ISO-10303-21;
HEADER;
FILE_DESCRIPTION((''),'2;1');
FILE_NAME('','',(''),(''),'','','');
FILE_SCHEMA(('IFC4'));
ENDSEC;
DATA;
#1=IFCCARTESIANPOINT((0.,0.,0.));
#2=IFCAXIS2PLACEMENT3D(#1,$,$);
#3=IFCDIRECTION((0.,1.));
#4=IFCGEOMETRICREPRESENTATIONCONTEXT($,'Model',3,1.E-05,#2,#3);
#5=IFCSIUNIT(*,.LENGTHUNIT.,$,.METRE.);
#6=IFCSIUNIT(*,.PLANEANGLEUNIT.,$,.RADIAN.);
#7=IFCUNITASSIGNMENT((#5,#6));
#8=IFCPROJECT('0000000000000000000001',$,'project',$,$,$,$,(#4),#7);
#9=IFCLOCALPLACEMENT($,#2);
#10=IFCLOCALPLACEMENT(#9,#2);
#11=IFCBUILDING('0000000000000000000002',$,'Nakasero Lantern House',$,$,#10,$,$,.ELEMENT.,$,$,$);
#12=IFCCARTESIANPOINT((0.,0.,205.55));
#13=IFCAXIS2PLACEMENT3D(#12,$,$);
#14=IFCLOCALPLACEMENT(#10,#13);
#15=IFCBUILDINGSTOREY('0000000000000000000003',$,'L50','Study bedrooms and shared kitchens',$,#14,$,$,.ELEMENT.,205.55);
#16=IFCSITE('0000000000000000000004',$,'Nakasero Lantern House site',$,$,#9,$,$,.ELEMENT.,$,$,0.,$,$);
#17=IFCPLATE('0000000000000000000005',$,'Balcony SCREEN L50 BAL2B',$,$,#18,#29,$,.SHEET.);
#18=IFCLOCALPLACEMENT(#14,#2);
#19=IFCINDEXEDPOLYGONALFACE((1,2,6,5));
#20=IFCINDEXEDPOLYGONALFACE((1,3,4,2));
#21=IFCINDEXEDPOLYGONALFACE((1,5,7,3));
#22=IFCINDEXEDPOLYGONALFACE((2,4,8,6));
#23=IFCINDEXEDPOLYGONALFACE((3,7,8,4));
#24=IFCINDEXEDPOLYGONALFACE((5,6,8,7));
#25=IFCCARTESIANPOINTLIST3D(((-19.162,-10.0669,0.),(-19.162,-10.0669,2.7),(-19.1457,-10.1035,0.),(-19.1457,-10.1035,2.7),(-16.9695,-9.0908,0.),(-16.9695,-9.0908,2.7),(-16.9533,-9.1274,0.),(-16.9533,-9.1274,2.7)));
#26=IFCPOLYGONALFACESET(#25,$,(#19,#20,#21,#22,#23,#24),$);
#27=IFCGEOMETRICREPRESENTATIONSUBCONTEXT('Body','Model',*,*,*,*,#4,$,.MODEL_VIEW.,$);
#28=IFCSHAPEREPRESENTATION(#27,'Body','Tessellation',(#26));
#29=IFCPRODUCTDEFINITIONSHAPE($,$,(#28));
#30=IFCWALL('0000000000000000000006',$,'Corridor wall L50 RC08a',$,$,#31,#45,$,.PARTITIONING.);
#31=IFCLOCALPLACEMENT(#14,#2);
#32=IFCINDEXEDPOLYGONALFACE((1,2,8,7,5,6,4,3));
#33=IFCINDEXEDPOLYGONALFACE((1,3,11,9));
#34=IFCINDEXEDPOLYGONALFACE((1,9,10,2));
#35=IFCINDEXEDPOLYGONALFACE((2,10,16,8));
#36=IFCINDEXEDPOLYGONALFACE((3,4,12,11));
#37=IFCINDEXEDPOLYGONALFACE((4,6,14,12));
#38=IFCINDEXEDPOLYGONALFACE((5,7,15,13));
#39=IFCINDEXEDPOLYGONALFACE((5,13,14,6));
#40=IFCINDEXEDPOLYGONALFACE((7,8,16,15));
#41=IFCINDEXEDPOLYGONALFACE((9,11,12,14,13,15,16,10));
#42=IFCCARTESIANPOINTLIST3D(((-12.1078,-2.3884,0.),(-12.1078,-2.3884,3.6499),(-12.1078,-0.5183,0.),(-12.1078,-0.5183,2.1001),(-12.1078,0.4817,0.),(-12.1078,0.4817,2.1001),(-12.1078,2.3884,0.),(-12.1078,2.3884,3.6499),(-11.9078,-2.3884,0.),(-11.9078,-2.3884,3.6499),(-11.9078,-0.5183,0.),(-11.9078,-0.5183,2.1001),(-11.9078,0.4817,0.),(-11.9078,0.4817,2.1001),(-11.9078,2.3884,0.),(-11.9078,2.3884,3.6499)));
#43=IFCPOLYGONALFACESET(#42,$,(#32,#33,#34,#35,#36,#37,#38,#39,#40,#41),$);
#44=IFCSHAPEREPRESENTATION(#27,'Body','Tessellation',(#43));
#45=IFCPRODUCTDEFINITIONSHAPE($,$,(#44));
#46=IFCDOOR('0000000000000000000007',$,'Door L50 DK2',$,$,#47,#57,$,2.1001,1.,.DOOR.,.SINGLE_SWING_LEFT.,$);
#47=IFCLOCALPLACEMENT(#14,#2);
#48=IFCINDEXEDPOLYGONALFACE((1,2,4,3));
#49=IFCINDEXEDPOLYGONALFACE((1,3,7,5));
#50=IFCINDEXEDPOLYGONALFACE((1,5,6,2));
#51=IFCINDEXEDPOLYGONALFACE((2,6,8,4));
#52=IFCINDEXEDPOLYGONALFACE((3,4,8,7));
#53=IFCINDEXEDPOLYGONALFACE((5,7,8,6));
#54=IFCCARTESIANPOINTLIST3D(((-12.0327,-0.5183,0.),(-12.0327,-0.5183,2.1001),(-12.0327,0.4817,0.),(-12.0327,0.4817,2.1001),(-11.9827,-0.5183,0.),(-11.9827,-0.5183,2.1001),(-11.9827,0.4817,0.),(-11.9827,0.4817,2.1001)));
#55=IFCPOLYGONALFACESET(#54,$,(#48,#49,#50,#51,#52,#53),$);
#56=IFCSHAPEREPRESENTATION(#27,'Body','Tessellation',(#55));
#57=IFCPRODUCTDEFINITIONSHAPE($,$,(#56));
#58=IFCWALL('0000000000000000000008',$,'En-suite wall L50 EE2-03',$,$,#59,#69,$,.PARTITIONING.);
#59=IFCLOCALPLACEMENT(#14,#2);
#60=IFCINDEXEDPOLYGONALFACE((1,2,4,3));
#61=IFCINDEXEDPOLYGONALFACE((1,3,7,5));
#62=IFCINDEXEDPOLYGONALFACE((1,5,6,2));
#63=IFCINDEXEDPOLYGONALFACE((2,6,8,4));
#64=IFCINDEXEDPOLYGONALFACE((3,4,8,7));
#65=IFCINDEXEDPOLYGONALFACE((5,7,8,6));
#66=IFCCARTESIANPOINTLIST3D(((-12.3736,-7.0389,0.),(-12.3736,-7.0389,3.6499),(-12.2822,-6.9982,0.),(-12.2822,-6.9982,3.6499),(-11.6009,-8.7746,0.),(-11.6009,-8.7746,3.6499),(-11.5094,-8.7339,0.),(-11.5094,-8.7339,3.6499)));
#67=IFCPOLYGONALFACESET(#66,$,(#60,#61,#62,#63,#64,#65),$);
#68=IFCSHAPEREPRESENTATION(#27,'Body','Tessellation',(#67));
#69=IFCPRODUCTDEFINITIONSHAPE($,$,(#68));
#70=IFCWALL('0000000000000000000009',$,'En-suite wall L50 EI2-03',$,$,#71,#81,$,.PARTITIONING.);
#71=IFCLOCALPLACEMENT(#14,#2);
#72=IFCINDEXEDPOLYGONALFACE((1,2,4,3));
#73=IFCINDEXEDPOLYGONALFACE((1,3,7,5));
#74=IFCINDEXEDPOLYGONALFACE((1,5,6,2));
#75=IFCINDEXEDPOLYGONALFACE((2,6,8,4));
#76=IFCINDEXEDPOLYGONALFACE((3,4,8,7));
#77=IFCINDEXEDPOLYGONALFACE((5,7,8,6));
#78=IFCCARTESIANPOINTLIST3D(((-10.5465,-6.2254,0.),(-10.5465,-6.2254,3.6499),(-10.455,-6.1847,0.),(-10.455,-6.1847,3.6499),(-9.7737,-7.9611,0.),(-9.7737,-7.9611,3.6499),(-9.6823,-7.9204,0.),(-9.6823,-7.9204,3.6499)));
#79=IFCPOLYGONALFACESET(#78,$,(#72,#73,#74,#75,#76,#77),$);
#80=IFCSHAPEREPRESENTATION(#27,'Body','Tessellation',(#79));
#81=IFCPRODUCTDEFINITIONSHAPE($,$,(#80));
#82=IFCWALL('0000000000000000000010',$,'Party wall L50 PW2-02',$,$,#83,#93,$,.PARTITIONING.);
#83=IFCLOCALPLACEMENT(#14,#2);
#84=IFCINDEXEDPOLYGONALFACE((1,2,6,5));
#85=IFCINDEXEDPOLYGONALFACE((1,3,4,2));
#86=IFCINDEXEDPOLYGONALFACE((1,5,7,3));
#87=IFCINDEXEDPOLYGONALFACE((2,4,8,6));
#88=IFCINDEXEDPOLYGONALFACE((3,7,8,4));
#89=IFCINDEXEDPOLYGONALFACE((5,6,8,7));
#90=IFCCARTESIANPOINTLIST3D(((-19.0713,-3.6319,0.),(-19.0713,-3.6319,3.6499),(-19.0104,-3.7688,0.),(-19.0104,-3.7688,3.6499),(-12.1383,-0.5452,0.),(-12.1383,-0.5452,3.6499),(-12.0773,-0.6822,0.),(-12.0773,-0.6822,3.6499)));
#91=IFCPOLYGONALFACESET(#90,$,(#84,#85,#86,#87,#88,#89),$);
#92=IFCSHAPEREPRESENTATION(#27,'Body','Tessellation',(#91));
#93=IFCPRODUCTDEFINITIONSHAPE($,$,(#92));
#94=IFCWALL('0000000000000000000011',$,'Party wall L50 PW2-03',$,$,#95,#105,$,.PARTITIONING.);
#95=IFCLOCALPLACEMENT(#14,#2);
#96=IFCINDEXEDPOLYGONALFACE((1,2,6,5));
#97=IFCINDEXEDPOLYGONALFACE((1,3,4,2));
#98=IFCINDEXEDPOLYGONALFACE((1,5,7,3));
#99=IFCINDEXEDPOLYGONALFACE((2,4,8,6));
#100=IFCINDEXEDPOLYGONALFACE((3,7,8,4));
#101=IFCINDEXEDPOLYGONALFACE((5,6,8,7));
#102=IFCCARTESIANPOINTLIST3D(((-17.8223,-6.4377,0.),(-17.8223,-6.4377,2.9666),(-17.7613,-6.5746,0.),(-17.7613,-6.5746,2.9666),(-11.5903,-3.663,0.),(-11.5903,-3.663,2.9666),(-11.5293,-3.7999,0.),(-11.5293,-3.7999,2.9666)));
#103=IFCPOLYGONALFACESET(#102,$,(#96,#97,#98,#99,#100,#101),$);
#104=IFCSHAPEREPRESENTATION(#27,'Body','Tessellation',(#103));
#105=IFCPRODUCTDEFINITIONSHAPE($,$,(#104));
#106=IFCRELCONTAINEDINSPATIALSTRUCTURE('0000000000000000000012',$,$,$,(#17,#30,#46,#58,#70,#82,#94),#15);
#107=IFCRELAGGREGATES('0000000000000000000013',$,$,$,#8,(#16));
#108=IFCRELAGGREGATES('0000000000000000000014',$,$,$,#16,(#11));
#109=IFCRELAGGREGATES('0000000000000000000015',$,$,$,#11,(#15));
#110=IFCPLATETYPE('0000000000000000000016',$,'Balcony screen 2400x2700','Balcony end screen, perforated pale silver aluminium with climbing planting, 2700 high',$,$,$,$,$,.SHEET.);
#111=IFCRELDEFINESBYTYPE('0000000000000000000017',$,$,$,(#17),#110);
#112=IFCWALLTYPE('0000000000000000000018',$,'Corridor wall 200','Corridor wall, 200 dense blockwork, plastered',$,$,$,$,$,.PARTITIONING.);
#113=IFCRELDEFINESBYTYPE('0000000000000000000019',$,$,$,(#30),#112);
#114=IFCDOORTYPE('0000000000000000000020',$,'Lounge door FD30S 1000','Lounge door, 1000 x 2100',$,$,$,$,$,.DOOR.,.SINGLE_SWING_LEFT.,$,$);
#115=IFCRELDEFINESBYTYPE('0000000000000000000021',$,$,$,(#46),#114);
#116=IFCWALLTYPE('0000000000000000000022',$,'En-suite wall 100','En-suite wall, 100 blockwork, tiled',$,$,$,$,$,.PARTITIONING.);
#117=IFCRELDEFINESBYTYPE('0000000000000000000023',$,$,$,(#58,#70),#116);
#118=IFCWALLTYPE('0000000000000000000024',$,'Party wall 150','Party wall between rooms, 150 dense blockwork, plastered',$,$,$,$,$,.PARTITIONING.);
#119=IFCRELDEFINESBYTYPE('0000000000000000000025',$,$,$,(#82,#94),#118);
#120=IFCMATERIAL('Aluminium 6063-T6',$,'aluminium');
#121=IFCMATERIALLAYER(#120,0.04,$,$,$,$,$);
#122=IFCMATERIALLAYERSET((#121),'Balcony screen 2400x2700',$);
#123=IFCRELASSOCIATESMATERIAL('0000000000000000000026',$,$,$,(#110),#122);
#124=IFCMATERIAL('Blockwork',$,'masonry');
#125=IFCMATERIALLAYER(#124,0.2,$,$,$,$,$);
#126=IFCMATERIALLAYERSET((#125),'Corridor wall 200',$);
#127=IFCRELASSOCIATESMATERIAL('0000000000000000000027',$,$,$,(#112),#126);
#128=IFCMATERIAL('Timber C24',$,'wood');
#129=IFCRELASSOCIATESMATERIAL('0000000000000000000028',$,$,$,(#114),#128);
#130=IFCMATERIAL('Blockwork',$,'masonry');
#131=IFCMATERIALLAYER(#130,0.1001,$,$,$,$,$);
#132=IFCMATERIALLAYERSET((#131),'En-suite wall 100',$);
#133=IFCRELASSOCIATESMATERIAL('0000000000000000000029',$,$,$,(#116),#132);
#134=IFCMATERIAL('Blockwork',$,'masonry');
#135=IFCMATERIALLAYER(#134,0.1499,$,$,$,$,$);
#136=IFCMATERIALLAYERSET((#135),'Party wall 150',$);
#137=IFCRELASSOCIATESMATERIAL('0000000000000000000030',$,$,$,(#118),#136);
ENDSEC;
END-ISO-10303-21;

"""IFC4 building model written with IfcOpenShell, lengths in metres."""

from ifc_helpers import new_model, si_unit, direction, frame, frame_2d, origin, origin_2d, place, context, subcontext, project, spatial, rectangle, extrude, material, layer, layer_set, type_object, element, fill, save


model = new_model("IFC4")

# Units and contexts
model_context = context("Model", 3, precision=1e-05, world=origin(), true_north=direction((0.0, 1.0)))
body_context = subcontext(model_context, "Body", "Model", "MODEL_VIEW")
ifc_project = project(units=[si_unit("LENGTHUNIT", "METRE"), si_unit("PLANEANGLEUNIT", "RADIAN")], contexts=[model_context])

# Site, building, storey
site_placement = place(None, origin())
site = spatial("IfcSite", under=ifc_project, at=site_placement, Name="Nakasero Lantern House site", CompositionType="ELEMENT", RefElevation=0.0)
building_placement = place(site_placement, origin())
building = spatial("IfcBuilding", under=site, at=building_placement, Name="Nakasero Lantern House", CompositionType="ELEMENT")
storey_placement = place(building_placement, frame((0.0, 0.0, 205.55)))
storey = spatial("IfcBuildingStorey", under=building, at=storey_placement, Name="L50", Description="Study bedrooms and shared kitchens", CompositionType="ELEMENT", Elevation=205.55)

# Plate
ifc_material_1 = material(Name="Aluminium 6063-T6", Category="aluminium")
ifc_layer_1 = layer(ifc_material_1, 0.04)
ifc_layer_set_1 = layer_set([ifc_layer_1], Name="Balcony screen 2400x2700")
plate_type_1 = type_object("IfcPlateType", Name="Balcony screen 2400x2700", Description="Balcony end screen, perforated pale silver aluminium with climbing planting, 2700 high", PredefinedType="SHEET", material=ifc_layer_set_1)
for number, where, z_axis, x_axis, name in (
    (1, (-18.0576, -9.5972, 0.0), (0.0, 0.0, 1.0), (-0.913545, -0.406737, 0.0), "Balcony SCREEN L50 BAL2B"),
):
    element("IfcPlate", number, at=place(storey_placement, frame(where, z_axis=z_axis, x_axis=x_axis)), inside=storey, type_object=plate_type_1, Name=name, PredefinedType="SHEET", context=body_context, shape_type="SweptSolid", body=[
        extrude(rectangle(XDim=2.3999, YDim=0.04, at=origin_2d()), origin(), (0.0, 0.0, 1.0), 2.7),
    ])

# Wall, opening, door
ifc_material_2 = material(Name="Blockwork", Category="masonry")
ifc_layer_2 = layer(ifc_material_2, 0.2)
ifc_layer_set_2 = layer_set([ifc_layer_2], Name="Corridor wall 200")
wall_type_1 = type_object("IfcWallType", Name="Corridor wall 200", Description="Corridor wall, 200 dense blockwork, plastered", PredefinedType="PARTITIONING", material=ifc_layer_set_2)
wall_1_placement = place(storey_placement, frame((-12.0078, -2.3884, 0.0), z_axis=(0.0, 0.0, 1.0), x_axis=(0.0, 1.0, 0.0)))
wall_1 = element("IfcWall", 2, at=wall_1_placement, inside=storey, type_object=wall_type_1, Name="Corridor wall L50 RC08a", PredefinedType="PARTITIONING", context=body_context, shape_type="SweptSolid", body=[
    extrude(rectangle(XDim=4.7769, YDim=0.2, at=frame_2d((2.3884, 0.0))), origin(), (0.0, 0.0, 1.0), 3.6499),
])
opening_placement = place(wall_1_placement, frame((1.8701, 0.0, 0.0)))
opening = element("IfcOpeningElement", 3, at=opening_placement, cuts=wall_1, PredefinedType="OPENING", context=body_context, shape_type="SweptSolid", body=[
    extrude(rectangle(XDim=1.0, YDim=2.1001, at=frame_2d((0.5, 1.05))), frame((0.0, 0.1199, 0.0), z_axis=(0.0, -1.0, 0.0), x_axis=(1.0, 0.0, 0.0)), (0.0, 0.0, 1.0), 0.24),
])
ifc_material_3 = material(Name="Timber C24", Category="wood")
door_type = type_object("IfcDoorType", Name="Lounge door FD30S 1000", Description="Lounge door, 1000 x 2100", OperationType="SINGLE_SWING_LEFT", PredefinedType="DOOR", material=ifc_material_3)
door_placement = place(opening_placement, origin())
door = element("IfcDoor", 4, at=door_placement, inside=storey, type_object=door_type, Name="Door L50 DK2", OperationType="SINGLE_SWING_LEFT", OverallHeight=2.1001, OverallWidth=1.0, PredefinedType="DOOR", context=body_context, shape_type="SweptSolid", body=[
    extrude(rectangle(XDim=1.0, YDim=2.1001, at=frame_2d((0.5, 1.05))), frame((0.0, 0.0249, 0.0), z_axis=(0.0, -1.0, 0.0), x_axis=(1.0, 0.0, 0.0)), (0.0, 0.0, 1.0), 0.05),
])
fill(opening, door)

# Walls
ifc_material_4 = material(Name="Blockwork", Category="masonry")
ifc_layer_3 = layer(ifc_material_4, 0.1001)
ifc_layer_set_3 = layer_set([ifc_layer_3], Name="En-suite wall 100")
wall_type_2 = type_object("IfcWallType", Name="En-suite wall 100", Description="En-suite wall, 100 blockwork, tiled", PredefinedType="PARTITIONING", material=ifc_layer_set_3)
for number, where, z_axis, x_axis, name in (
    (5, (-12.3279, -7.0186, 0.0), (0.0, 0.0, 1.0), (0.406723, -0.913552, 0.0), "En-suite wall L50 EE2-03"),
    (6, (-10.5007, -6.2051, 0.0), (0.0, 0.0, 1.0), (0.406723, -0.913552, 0.0), "En-suite wall L50 EI2-03"),
):
    element("IfcWall", number, at=place(storey_placement, frame(where, z_axis=z_axis, x_axis=x_axis)), inside=storey, type_object=wall_type_2, Name=name, PredefinedType="PARTITIONING", context=body_context, shape_type="SweptSolid", body=[
        extrude(rectangle(XDim=1.8999, YDim=0.1001, at=frame_2d((0.95, 0.0))), origin(), (0.0, 0.0, 1.0), 3.6499),
    ])
ifc_material_5 = material(Name="Blockwork", Category="masonry")
ifc_layer_4 = layer(ifc_material_5, 0.1499)
ifc_layer_set_4 = layer_set([ifc_layer_4], Name="Party wall 150")
wall_type_3 = type_object("IfcWallType", Name="Party wall 150", Description="Party wall between rooms, 150 dense blockwork, plastered", PredefinedType="PARTITIONING", material=ifc_layer_set_4)
wall_2_placement = place(storey_placement, frame((-12.1079, -0.6138, 0.0), z_axis=(0.0, 0.0, 1.0), x_axis=(-0.913553, -0.40672, 0.0)))
element("IfcWall", 7, at=wall_2_placement, inside=storey, type_object=wall_type_3, Name="Party wall L50 PW2-02", PredefinedType="PARTITIONING", context=body_context, shape_type="SweptSolid", body=[
    extrude(rectangle(XDim=7.5891, YDim=0.1499, at=frame_2d((3.7944, 0.0))), origin(), (0.0, 0.0, 1.0), 3.6499),
])
wall_3_placement = place(storey_placement, frame((-11.5598, -3.7314, 0.0), z_axis=(0.0, 0.0, 1.0), x_axis=(-0.913544, -0.406739, 0.0)))
element("IfcWall", 8, at=wall_3_placement, inside=storey, type_object=wall_type_3, Name="Party wall L50 PW2-03", PredefinedType="PARTITIONING", context=body_context, shape_type="SweptSolid", body=[
    extrude(rectangle(XDim=6.8218, YDim=0.1499, at=frame_2d((3.4109, 0.0))), origin(), (0.0, 0.0, 1.0), 2.9666),
])

save(model, "model.ifc")
